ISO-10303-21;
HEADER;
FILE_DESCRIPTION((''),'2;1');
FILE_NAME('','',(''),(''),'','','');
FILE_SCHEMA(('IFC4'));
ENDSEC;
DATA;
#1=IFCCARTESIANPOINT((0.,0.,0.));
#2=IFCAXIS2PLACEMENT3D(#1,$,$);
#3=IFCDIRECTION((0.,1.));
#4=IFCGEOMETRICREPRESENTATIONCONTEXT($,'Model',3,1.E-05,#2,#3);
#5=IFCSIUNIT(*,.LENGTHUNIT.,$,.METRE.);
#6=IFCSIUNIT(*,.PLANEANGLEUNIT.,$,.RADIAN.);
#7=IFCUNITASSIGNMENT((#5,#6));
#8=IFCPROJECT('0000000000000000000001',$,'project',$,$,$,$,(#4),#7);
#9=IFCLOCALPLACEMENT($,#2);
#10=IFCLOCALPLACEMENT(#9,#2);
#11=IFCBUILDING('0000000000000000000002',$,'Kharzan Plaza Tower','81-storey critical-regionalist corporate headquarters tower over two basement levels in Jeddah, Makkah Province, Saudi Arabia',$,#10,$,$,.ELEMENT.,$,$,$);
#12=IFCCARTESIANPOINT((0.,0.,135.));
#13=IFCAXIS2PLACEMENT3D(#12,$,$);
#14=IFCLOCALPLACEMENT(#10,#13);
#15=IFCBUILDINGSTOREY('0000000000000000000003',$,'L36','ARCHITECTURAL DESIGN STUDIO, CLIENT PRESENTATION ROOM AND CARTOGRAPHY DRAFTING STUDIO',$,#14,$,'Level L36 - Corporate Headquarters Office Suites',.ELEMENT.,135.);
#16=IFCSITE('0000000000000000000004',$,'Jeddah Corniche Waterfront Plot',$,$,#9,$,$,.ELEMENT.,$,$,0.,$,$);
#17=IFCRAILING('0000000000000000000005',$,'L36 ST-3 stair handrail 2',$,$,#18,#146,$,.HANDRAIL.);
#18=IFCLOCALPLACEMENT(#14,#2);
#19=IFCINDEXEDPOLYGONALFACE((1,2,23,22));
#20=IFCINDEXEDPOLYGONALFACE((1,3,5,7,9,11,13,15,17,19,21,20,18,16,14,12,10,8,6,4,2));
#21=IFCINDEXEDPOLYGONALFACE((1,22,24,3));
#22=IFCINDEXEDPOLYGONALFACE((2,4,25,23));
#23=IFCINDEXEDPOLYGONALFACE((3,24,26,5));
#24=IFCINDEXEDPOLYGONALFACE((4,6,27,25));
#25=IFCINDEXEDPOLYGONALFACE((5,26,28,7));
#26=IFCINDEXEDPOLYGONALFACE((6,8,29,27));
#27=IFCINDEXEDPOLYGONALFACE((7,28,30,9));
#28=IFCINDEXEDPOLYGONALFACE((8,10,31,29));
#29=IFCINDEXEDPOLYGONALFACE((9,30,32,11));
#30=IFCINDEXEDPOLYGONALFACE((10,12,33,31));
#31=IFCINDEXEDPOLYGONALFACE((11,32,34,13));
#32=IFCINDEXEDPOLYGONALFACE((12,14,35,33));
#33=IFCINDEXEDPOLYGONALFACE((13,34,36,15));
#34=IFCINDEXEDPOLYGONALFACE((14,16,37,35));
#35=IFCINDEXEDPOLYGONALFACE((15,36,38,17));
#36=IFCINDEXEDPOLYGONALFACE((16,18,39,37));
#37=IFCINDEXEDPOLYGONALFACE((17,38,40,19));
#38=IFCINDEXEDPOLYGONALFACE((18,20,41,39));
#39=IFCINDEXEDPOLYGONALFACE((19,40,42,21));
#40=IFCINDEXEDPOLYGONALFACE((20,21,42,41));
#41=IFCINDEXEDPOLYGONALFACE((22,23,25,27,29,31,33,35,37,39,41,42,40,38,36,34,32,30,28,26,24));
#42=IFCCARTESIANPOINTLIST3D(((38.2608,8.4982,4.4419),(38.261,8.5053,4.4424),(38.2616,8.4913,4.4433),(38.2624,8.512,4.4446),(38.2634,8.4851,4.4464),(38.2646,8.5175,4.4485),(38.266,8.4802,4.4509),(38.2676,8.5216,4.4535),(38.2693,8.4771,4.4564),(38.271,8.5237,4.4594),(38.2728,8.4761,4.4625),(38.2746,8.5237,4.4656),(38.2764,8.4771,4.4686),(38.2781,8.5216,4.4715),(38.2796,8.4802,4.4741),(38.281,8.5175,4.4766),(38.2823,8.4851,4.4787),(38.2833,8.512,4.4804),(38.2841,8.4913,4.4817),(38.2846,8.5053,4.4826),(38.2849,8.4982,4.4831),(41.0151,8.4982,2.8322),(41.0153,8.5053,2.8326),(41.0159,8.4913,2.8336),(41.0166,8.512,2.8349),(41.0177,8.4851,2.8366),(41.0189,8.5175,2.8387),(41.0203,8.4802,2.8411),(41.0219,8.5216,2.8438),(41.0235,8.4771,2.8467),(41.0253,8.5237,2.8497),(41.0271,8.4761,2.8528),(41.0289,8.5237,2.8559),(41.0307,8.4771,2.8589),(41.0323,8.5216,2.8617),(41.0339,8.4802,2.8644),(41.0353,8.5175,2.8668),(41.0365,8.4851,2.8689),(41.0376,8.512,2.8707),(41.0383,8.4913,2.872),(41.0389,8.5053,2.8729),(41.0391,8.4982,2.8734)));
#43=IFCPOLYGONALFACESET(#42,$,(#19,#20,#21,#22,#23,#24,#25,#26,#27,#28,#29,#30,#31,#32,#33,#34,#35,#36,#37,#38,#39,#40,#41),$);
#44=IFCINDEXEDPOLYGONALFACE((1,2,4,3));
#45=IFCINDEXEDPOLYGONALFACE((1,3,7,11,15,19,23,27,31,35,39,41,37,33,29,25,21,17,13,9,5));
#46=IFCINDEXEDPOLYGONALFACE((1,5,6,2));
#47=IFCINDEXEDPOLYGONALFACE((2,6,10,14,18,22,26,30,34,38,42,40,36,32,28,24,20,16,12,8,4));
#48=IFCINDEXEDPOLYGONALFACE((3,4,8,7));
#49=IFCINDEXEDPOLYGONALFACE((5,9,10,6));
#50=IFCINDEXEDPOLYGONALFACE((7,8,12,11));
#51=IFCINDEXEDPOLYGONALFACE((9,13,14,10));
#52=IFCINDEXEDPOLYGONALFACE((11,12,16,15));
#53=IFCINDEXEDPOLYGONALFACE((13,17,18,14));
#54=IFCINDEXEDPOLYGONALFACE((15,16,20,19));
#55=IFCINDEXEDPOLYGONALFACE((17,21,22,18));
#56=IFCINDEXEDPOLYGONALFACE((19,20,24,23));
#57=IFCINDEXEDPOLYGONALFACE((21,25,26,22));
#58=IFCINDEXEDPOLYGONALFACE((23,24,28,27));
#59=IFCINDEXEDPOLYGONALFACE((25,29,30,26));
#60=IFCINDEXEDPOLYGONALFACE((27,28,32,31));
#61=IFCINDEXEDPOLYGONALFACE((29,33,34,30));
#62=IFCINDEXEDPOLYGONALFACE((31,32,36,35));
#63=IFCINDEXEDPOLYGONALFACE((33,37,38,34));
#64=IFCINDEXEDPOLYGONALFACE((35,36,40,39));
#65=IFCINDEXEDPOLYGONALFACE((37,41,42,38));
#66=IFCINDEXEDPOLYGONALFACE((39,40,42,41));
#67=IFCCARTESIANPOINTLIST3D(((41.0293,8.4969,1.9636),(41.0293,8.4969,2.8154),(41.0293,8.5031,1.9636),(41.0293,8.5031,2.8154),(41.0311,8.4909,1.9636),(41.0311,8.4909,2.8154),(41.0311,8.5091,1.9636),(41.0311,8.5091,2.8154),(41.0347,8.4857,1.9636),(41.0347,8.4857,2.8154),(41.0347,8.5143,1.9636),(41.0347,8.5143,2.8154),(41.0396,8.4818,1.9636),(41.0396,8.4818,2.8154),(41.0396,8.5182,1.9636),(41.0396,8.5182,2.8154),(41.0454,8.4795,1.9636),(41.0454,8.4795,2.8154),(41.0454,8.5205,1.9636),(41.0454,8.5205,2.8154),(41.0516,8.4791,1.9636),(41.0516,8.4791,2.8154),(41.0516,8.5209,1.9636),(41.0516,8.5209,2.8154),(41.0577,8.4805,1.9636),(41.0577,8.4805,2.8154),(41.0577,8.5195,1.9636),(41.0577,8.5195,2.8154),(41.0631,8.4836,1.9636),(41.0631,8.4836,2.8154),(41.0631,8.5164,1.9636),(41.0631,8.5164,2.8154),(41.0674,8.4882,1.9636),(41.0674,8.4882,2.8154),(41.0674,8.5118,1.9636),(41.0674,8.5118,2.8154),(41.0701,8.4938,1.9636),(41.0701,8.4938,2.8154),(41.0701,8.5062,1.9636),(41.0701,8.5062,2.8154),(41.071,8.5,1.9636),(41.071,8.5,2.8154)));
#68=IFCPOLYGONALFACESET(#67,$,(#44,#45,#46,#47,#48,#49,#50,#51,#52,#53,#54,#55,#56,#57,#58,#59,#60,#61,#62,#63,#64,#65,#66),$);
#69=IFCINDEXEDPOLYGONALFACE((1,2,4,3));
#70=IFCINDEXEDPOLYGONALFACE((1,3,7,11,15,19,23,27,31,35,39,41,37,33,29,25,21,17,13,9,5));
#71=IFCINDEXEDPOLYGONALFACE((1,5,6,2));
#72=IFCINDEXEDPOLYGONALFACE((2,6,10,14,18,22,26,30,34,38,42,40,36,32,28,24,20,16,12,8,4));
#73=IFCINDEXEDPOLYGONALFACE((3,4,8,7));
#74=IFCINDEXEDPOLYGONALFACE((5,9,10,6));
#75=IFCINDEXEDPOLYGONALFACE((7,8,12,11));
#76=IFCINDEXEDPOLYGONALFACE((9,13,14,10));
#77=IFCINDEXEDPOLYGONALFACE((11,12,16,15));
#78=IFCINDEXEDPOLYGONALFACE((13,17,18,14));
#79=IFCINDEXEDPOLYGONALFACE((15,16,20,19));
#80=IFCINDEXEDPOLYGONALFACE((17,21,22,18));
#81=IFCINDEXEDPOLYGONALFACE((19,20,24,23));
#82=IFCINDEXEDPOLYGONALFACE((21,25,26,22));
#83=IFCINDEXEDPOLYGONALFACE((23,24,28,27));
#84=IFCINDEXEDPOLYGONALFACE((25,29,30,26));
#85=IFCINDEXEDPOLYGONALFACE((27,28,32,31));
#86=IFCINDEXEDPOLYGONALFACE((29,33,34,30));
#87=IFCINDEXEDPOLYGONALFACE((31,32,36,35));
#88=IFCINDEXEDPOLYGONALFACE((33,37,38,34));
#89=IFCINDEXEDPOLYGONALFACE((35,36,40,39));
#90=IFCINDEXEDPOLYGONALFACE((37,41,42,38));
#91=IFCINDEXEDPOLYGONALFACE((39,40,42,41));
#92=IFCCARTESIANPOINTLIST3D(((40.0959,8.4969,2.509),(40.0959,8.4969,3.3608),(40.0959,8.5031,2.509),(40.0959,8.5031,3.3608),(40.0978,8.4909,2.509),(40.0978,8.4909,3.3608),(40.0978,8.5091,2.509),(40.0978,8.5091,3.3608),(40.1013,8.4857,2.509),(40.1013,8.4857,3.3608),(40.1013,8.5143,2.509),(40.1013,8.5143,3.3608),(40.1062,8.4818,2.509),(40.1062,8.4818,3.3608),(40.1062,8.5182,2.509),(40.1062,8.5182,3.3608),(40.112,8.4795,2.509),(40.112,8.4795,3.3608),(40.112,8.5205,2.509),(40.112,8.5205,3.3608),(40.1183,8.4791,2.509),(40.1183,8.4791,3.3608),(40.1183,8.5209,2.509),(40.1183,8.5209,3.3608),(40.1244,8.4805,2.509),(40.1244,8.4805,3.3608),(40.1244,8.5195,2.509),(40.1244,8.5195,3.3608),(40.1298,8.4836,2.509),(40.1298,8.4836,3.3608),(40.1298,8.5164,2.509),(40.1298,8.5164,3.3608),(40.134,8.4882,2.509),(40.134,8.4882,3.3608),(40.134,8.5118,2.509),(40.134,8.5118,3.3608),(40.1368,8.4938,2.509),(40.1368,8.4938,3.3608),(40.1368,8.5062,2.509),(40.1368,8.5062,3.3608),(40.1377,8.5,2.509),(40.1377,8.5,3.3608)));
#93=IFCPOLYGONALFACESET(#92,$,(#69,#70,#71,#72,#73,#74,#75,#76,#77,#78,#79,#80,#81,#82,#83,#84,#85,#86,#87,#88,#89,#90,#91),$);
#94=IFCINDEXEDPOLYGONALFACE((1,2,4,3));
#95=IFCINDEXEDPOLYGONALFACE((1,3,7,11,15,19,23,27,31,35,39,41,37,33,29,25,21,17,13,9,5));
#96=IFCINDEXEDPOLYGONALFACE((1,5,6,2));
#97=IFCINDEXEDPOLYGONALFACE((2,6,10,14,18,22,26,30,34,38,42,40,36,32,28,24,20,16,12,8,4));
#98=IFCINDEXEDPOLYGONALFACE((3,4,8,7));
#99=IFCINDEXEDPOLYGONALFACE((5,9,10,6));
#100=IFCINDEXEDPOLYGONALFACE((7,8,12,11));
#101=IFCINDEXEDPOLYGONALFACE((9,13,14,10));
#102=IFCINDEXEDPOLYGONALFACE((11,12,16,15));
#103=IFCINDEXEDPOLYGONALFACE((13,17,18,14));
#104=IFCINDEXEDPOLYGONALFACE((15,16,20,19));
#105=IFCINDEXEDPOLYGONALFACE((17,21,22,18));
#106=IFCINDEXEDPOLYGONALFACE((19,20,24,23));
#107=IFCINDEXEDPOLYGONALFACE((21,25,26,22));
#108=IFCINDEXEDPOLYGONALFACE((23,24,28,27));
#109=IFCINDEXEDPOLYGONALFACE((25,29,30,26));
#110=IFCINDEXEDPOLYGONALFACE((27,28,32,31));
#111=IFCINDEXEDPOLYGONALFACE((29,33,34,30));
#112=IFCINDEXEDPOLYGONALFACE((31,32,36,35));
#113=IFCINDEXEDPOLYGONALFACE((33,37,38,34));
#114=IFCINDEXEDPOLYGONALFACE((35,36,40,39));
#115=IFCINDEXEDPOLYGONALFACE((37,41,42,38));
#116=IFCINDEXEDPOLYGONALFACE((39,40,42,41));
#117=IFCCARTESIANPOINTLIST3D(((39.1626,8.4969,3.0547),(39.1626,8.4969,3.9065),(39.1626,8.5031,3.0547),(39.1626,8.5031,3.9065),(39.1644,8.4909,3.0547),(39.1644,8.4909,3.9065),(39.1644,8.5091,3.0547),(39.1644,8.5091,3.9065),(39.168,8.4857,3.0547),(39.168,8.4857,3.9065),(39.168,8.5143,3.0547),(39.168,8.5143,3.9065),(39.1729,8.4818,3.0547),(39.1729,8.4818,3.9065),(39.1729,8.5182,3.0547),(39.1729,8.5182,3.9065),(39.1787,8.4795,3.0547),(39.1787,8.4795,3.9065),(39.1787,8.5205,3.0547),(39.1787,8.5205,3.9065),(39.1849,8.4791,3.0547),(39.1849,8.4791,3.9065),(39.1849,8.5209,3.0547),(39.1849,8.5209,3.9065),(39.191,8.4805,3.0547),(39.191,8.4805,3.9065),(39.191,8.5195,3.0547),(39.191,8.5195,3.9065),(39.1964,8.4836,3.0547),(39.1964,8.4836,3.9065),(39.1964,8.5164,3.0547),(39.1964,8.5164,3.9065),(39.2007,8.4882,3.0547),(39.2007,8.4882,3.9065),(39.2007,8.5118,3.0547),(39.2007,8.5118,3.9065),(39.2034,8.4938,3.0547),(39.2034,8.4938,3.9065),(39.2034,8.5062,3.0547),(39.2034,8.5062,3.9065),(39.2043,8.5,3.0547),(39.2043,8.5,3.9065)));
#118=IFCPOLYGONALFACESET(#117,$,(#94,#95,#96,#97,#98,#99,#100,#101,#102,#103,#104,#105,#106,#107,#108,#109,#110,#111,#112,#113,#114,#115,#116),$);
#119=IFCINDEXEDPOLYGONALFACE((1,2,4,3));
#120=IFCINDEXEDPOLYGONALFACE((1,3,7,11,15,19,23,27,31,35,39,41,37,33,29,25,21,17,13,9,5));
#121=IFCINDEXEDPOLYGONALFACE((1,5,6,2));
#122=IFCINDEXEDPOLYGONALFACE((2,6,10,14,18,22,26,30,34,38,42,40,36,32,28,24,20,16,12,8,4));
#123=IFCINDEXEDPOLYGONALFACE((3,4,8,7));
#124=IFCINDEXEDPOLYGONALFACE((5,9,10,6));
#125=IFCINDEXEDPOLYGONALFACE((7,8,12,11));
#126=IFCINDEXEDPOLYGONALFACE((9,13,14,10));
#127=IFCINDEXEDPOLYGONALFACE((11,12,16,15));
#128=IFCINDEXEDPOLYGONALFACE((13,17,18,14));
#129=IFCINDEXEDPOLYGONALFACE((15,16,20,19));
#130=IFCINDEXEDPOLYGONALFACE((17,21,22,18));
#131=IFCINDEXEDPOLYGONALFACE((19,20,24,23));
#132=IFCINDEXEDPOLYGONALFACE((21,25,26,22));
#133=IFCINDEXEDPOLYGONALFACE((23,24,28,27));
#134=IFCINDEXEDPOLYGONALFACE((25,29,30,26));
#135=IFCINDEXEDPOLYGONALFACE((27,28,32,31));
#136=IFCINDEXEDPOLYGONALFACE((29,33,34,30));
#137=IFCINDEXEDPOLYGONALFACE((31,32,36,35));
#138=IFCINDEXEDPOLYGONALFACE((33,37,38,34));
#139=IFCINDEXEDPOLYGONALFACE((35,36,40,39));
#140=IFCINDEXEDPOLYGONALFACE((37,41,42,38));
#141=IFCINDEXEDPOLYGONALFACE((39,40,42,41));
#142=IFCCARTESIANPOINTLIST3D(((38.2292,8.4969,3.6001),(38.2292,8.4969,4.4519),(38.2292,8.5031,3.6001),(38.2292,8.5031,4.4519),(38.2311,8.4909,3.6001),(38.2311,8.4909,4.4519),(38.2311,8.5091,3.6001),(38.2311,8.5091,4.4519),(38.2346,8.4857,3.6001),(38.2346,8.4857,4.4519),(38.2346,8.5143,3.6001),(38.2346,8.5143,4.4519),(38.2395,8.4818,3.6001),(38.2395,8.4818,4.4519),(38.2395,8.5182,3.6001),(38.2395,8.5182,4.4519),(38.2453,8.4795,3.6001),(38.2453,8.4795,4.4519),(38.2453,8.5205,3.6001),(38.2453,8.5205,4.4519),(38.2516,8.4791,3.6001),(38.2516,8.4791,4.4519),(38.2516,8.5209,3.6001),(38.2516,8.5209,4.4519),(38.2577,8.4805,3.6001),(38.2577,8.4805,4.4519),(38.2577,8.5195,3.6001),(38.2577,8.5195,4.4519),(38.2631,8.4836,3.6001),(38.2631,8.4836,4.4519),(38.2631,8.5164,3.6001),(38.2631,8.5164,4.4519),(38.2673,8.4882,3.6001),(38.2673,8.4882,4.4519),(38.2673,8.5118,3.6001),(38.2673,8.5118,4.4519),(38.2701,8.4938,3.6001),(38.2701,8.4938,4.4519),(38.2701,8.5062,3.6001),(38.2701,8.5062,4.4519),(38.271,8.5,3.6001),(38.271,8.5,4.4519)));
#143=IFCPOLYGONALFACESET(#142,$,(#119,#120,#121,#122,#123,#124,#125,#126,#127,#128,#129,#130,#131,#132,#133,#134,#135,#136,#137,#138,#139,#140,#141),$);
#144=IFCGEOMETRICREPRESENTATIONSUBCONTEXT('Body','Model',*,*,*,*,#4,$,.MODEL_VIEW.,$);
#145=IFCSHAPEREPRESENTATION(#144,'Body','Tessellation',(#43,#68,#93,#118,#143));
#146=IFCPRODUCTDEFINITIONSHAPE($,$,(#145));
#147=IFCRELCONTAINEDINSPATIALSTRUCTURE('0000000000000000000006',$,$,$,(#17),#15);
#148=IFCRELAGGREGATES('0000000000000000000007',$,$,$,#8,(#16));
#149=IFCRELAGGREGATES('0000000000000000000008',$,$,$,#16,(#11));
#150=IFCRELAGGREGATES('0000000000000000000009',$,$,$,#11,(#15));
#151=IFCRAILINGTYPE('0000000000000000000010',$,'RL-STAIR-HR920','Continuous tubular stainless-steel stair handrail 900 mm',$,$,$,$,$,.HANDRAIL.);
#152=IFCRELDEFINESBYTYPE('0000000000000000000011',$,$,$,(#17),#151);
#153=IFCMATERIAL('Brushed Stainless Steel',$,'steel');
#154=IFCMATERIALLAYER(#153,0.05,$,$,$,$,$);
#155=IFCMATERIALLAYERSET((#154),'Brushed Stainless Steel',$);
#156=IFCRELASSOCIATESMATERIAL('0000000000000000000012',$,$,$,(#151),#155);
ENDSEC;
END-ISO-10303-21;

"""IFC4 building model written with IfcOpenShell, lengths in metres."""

from ifc_helpers import new_model, si_unit, direction, frame, origin, origin_2d, place, context, subcontext, project, spatial, circle, extrude, source, transform, mapped, material, layer, layer_set, type_object, element, save


model = new_model("IFC4")

# Units and contexts
model_context = context("Model", 3, precision=1e-05, world=origin(), true_north=direction((0.0, 1.0)))
body_context = subcontext(model_context, "Body", "Model", "MODEL_VIEW")
ifc_project = project(units=[si_unit("LENGTHUNIT", "METRE"), si_unit("PLANEANGLEUNIT", "RADIAN")], contexts=[model_context])

# Site, building, storey
site_placement = place(None, origin())
site = spatial("IfcSite", under=ifc_project, at=site_placement, Name="Jeddah Corniche Waterfront Plot", CompositionType="ELEMENT", RefElevation=0.0)
building_placement = place(site_placement, origin())
building = spatial("IfcBuilding", under=site, at=building_placement, Name="Kharzan Plaza Tower", Description="81-storey critical-regionalist corporate headquarters tower over two basement levels in Jeddah, Makkah Province, Saudi Arabia", CompositionType="ELEMENT")
storey_placement = place(building_placement, frame((0.0, 0.0, 135.0)))
storey = spatial("IfcBuildingStorey", under=building, at=storey_placement, Name="L36", Description="ARCHITECTURAL DESIGN STUDIO, CLIENT PRESENTATION ROOM AND CARTOGRAPHY DRAFTING STUDIO", LongName="Level L36 - Corporate Headquarters Office Suites", CompositionType="ELEMENT", Elevation=135.0)

# Shared definitions
ifc_material_1 = material(Name="Brushed Stainless Steel", Category="steel")

# Railing
ifc_layer_1 = layer(ifc_material_1, 0.05)
ifc_layer_set_1 = layer_set([ifc_layer_1], Name="Brushed Stainless Steel")
railing_type_1 = type_object("IfcRailingType", Name="RL-STAIR-HR920", Description="Continuous tubular stainless-steel stair handrail 900 mm", PredefinedType="HANDRAIL", material=ifc_layer_set_1)
shared_shape_1 = source(origin(), body_context, "Body", "SweptSolid", [
    extrude(circle(Radius=0.0239, at=origin_2d()), frame((-0.0229, 0.0, 0.8892), z_axis=(-0.863361, 0.0, 0.504587), x_axis=(0.0, -1.0, 0.0)), (0.0, 0.0, 1.0), 3.1902),
    extrude(circle(Radius=0.021, at=origin_2d()), origin(), (0.0, 0.0, 1.0), 0.8518),
    extrude(circle(Radius=0.021, at=origin_2d()), frame((-0.9333, 0.0, 0.5454)), (0.0, 0.0, 1.0), 0.8518),
    extrude(circle(Radius=0.021, at=origin_2d()), frame((-1.8667, 0.0, 1.0911)), (0.0, 0.0, 1.0), 0.8518),
    extrude(circle(Radius=0.021, at=origin_2d()), frame((-2.8, 0.0, 1.6365)), (0.0, 0.0, 1.0), 0.8518),
])
railing_1_placement = place(storey_placement, frame((41.05, 8.5, 1.9636)))
element("IfcRailing", 1, at=railing_1_placement, inside=storey, type_object=railing_type_1, Name="L36 ST-3 stair handrail 2", PredefinedType="HANDRAIL", context=body_context, shape_type="MappedRepresentation", body=[
    mapped(shared_shape_1, transform((0.0, 0.0, 0.0), x_axis=(1.0, 0.0, 0.0), y_axis=(0.0, 1.0, 0.0), z_axis=(0.0, 0.0, 1.0))),
])

save(model, "model.ifc")
